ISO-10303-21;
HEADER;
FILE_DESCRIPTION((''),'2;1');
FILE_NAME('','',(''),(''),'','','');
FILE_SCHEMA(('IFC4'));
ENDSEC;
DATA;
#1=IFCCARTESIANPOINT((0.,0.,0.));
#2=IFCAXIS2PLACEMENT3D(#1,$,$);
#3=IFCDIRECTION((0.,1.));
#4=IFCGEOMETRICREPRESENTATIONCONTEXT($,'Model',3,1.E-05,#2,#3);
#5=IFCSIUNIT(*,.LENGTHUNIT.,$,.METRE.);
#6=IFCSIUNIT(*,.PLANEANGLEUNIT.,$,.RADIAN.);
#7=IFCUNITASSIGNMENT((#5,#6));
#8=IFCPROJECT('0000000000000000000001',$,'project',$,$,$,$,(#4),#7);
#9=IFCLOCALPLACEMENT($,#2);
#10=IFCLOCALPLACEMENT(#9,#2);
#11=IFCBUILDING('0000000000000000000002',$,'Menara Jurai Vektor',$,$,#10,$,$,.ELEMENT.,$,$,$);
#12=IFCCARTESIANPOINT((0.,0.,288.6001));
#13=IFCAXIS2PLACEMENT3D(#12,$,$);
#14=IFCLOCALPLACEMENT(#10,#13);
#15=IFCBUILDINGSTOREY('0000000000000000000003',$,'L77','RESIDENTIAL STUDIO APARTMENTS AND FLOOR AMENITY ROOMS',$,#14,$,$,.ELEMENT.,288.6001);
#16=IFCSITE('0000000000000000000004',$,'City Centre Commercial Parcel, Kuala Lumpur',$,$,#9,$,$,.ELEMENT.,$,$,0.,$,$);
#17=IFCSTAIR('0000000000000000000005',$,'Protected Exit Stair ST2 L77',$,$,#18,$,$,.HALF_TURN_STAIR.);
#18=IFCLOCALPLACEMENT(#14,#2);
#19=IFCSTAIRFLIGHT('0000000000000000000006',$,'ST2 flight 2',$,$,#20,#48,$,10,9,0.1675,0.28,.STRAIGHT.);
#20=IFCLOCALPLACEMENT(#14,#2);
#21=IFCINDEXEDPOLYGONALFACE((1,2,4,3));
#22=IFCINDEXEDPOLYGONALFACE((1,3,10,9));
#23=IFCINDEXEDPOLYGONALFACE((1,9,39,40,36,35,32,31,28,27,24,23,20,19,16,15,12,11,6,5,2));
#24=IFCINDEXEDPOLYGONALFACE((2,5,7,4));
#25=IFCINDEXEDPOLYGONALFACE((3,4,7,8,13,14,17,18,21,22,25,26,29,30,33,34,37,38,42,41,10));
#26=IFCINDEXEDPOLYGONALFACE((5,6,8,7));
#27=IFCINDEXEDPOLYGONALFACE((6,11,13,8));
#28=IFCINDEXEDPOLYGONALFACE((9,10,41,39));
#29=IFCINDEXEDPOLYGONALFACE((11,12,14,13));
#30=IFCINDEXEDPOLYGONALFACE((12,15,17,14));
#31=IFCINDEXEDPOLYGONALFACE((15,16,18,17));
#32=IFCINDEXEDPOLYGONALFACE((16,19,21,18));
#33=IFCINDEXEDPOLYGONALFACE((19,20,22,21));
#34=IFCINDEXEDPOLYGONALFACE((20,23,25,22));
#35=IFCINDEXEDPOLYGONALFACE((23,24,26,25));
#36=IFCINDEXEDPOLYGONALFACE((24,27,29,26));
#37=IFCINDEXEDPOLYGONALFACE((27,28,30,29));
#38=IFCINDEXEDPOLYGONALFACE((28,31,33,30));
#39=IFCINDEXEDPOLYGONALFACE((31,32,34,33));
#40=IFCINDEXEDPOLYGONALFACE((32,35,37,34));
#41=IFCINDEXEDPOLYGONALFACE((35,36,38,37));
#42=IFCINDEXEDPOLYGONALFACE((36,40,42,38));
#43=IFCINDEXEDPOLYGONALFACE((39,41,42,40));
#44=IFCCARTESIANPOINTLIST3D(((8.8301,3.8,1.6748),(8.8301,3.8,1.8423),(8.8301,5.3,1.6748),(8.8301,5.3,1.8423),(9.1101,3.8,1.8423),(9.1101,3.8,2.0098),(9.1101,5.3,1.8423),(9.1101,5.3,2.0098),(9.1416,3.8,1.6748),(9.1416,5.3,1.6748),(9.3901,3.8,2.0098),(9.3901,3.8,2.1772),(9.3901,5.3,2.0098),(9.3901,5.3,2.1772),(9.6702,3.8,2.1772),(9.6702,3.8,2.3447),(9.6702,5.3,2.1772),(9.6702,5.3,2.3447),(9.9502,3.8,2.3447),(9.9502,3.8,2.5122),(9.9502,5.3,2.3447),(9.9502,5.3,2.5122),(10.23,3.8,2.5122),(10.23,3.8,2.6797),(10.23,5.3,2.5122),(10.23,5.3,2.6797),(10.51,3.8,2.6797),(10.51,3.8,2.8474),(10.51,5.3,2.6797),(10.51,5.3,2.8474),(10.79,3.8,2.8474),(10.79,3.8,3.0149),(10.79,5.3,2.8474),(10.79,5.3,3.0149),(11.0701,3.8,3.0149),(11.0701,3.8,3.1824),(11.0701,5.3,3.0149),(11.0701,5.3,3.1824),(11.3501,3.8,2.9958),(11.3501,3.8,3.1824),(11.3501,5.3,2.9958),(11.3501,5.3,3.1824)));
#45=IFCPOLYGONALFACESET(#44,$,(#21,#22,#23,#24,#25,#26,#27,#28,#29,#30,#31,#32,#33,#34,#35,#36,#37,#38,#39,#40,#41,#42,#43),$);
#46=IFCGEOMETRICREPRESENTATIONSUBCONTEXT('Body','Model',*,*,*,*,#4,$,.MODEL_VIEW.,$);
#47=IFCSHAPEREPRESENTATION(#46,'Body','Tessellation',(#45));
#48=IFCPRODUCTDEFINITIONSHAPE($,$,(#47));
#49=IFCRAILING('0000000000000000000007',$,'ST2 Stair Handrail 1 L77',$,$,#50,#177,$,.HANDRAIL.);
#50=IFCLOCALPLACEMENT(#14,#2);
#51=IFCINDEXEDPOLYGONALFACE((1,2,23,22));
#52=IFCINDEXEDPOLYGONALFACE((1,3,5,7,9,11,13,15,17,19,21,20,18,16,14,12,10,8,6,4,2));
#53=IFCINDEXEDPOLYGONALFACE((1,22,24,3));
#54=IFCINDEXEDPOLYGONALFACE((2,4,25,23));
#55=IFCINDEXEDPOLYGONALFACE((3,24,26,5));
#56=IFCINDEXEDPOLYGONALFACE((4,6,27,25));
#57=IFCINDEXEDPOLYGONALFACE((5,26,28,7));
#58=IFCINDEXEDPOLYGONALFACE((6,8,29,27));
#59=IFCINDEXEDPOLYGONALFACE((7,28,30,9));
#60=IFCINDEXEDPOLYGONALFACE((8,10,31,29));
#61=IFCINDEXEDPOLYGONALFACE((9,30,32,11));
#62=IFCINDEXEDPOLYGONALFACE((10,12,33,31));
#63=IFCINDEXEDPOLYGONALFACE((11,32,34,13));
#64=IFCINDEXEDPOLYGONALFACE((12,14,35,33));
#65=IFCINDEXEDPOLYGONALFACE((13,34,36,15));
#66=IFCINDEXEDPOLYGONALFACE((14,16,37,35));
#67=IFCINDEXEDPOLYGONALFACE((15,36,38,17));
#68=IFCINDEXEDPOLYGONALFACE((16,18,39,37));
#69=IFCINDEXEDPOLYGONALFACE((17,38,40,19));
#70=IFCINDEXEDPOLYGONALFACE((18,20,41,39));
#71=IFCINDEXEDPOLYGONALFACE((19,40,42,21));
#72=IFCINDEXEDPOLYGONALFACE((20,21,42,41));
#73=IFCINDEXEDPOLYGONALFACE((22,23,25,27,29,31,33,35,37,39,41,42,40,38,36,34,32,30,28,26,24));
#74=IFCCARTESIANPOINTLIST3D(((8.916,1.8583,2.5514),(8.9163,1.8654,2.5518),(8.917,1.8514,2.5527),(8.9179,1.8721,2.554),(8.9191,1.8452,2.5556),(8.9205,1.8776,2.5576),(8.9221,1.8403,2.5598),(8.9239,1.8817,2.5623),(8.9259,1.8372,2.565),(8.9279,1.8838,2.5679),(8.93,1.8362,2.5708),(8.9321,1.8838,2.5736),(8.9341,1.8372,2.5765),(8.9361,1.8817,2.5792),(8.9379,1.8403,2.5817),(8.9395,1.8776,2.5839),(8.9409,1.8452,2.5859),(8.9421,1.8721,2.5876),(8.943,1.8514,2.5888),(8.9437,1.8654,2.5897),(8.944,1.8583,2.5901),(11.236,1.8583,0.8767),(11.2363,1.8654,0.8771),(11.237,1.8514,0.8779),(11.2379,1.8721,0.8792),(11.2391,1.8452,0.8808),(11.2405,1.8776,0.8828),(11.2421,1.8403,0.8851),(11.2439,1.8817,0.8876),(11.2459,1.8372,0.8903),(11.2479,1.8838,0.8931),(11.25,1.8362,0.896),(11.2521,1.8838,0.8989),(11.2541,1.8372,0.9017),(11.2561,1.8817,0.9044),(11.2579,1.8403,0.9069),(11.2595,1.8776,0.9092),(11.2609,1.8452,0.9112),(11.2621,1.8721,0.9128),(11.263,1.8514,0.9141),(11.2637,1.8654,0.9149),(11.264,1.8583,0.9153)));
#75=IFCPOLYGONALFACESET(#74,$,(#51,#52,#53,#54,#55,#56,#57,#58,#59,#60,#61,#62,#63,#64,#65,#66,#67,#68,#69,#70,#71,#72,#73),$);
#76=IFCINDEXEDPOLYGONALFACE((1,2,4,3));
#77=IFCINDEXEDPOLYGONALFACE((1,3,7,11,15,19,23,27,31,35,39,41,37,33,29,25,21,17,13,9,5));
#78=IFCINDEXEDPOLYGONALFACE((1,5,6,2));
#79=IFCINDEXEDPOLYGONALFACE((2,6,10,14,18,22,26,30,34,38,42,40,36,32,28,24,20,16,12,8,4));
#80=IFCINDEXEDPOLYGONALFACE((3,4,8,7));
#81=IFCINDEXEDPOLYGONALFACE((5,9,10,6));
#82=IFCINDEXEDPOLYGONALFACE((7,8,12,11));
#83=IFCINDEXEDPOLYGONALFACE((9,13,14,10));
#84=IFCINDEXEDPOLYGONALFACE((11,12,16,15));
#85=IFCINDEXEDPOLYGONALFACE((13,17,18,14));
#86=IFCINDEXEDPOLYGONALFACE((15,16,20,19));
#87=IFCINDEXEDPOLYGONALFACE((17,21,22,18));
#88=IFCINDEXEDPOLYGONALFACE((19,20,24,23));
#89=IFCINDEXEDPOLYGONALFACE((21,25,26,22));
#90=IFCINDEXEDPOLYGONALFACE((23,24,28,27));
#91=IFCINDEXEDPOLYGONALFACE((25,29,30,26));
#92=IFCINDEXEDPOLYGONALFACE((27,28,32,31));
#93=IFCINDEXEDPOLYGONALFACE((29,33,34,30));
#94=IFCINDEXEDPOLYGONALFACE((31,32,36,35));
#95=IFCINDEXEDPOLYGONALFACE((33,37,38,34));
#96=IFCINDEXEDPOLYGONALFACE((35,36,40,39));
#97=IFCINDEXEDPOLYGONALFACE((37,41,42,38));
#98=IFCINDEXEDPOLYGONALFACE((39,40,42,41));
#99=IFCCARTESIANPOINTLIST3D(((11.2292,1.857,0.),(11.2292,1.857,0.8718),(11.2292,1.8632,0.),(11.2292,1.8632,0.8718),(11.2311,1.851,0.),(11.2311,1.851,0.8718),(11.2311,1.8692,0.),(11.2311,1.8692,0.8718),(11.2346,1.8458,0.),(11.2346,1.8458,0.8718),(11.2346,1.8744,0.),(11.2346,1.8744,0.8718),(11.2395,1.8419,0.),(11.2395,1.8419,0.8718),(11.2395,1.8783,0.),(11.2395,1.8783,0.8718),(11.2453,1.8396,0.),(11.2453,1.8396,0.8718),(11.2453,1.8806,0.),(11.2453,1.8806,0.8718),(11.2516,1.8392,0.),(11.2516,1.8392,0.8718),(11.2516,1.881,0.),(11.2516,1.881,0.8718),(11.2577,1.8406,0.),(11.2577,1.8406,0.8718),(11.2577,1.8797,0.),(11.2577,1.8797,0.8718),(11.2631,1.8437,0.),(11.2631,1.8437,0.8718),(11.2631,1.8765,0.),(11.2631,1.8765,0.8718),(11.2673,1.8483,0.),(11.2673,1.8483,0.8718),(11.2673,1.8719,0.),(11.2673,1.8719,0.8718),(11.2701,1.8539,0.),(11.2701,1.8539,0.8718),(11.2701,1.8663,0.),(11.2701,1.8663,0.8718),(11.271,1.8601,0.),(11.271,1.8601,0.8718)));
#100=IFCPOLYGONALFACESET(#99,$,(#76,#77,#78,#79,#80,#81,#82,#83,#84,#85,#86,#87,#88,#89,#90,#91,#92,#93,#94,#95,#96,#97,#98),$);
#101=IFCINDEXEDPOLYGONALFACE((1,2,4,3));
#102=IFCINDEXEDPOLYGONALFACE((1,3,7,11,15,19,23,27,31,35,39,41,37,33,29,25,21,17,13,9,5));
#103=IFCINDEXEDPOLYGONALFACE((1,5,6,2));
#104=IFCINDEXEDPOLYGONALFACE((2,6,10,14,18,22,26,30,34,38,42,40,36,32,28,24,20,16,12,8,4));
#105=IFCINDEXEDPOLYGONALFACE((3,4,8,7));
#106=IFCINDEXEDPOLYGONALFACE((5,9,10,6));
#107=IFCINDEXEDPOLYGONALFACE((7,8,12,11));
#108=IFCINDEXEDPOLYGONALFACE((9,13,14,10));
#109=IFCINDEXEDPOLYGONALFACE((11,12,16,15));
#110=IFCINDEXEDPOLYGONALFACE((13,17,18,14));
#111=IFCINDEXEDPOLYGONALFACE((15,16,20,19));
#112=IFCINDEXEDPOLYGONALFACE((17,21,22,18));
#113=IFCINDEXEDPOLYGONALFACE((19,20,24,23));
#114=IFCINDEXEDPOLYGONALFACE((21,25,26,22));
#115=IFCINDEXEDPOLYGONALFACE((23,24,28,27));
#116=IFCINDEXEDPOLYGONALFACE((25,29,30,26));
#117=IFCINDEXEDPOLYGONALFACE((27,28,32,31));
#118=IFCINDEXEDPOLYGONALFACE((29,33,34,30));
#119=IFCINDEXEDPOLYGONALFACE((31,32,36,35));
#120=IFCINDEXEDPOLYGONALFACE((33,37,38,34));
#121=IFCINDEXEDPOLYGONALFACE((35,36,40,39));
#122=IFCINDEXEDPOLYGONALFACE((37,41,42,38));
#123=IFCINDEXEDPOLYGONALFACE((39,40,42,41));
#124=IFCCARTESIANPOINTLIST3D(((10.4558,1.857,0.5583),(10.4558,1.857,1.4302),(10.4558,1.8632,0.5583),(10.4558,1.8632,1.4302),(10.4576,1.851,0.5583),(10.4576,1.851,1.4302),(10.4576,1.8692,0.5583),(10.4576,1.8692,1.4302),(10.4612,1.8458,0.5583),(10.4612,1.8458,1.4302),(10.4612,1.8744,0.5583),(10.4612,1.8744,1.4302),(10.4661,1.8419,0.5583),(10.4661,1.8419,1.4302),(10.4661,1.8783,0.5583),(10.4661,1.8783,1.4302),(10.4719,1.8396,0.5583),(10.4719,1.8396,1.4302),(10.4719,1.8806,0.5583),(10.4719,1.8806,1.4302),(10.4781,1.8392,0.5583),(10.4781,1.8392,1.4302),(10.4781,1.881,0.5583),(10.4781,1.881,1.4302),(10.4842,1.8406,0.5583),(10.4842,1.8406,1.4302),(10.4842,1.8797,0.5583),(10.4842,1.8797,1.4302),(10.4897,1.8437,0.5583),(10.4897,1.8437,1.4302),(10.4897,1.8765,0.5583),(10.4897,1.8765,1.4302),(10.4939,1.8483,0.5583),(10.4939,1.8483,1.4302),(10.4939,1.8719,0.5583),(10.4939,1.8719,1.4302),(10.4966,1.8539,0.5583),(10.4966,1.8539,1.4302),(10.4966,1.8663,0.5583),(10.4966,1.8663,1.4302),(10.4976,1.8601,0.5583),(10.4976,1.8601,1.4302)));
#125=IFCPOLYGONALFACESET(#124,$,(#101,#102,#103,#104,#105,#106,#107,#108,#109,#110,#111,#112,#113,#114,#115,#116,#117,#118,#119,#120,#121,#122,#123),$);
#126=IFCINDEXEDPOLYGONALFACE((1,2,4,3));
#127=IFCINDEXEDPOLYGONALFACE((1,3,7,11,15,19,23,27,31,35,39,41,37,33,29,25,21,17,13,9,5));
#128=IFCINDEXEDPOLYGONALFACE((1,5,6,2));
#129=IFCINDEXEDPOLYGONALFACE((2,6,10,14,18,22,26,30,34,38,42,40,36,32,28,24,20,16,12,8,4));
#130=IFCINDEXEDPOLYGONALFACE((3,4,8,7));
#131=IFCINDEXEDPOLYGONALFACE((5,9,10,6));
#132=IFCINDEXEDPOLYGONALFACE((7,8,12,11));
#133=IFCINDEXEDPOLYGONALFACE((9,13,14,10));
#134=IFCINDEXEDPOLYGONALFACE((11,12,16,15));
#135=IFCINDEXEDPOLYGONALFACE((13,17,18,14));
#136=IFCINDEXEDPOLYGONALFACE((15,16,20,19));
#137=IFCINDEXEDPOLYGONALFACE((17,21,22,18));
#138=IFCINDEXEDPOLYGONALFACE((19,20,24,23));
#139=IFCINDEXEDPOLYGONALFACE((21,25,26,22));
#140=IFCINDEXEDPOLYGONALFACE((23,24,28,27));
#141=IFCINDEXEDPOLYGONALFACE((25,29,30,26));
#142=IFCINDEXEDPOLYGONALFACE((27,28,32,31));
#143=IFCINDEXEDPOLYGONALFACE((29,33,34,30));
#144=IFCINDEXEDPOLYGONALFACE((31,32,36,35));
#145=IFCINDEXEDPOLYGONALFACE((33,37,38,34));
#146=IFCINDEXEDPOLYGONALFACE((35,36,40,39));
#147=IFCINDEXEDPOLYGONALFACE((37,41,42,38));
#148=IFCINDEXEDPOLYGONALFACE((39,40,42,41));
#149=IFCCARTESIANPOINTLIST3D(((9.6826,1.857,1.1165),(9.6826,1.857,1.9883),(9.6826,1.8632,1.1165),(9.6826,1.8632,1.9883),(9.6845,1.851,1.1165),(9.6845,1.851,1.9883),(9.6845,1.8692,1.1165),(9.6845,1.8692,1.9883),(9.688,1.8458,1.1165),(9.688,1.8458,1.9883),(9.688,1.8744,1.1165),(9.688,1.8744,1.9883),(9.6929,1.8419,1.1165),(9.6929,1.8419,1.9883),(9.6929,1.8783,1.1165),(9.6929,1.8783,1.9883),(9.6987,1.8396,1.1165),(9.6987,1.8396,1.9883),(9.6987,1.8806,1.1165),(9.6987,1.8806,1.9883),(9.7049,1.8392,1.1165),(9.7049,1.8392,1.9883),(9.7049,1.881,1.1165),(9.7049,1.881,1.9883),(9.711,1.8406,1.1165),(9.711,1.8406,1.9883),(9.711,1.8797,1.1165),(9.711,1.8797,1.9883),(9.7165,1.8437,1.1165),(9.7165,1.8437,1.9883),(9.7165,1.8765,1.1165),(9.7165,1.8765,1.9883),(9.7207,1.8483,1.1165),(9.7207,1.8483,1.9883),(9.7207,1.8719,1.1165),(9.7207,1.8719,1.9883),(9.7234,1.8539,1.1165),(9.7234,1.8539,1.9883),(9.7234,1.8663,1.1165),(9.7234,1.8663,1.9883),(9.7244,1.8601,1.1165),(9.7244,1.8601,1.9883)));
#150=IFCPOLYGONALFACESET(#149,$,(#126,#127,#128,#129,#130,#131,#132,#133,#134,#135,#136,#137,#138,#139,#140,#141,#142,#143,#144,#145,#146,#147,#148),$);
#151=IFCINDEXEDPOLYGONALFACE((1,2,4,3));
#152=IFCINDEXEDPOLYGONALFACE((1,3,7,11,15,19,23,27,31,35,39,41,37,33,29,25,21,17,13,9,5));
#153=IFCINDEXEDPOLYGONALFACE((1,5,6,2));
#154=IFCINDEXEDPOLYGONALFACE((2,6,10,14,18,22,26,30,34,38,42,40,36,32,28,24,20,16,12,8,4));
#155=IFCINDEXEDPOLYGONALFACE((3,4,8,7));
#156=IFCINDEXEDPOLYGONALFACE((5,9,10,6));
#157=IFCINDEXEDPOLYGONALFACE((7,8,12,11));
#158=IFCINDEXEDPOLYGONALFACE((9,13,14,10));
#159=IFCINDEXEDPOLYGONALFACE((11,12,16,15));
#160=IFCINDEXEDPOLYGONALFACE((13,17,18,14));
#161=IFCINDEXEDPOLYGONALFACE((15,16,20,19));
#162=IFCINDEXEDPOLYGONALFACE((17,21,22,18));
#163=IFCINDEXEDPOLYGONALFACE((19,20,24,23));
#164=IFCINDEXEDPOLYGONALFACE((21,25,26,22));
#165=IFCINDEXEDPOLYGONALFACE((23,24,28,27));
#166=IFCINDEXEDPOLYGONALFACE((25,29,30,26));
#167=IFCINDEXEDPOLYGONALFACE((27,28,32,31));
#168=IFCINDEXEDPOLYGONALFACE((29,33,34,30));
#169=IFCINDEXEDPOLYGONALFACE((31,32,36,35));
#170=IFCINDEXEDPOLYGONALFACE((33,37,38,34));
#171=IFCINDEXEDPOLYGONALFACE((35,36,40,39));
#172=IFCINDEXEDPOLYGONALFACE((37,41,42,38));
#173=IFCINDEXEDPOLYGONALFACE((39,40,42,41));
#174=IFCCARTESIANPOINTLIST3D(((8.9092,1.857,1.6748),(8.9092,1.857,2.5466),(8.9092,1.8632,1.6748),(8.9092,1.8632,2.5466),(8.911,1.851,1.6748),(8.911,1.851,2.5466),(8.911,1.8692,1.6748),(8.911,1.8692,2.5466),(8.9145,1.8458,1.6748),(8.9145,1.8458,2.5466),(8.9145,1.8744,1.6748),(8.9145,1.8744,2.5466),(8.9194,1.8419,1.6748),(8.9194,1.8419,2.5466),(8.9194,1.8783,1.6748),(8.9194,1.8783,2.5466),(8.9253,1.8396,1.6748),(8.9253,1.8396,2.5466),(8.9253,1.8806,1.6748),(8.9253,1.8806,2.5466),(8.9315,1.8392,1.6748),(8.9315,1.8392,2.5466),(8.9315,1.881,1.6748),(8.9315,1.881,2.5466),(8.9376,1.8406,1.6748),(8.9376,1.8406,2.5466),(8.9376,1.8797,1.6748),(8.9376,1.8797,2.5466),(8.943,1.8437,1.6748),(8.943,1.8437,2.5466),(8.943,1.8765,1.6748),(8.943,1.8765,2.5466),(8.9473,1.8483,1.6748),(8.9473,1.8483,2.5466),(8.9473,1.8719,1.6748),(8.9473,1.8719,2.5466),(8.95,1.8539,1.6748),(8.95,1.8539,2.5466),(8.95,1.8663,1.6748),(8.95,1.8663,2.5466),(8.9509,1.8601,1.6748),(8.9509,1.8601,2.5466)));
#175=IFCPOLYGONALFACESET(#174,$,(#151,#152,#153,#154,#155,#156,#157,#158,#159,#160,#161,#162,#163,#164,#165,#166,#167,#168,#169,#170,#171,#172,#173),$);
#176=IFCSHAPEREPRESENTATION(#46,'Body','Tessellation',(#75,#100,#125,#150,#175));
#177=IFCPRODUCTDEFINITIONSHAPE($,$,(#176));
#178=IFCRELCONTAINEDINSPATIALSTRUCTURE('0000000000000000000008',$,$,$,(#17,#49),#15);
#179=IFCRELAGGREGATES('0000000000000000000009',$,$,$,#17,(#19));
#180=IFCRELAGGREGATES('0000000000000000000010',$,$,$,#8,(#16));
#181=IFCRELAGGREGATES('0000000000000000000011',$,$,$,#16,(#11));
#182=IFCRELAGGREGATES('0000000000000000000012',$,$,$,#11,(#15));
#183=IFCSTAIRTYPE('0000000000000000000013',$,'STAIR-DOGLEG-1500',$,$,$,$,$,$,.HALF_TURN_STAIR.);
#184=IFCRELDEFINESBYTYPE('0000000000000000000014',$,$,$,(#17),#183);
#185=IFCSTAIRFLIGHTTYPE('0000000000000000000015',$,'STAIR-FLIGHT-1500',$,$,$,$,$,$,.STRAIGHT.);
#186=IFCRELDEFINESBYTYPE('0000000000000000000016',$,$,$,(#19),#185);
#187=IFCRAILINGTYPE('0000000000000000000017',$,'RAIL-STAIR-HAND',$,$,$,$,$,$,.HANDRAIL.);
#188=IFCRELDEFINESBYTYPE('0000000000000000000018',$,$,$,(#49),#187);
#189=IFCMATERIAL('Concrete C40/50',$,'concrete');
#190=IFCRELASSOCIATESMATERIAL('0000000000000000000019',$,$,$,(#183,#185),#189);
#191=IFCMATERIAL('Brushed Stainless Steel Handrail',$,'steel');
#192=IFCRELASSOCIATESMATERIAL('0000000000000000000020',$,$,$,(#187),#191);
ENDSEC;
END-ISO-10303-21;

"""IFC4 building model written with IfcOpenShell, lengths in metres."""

from ifc_helpers import new_model, si_unit, direction, frame, origin, origin_2d, place, context, subcontext, project, spatial, polyline, circle, outline, extrude, material, type_object, element, aggregate, save


model = new_model("IFC4")

# Units and contexts
model_context = context("Model", 3, precision=1e-05, world=origin(), true_north=direction((0.0, 1.0)))
body_context = subcontext(model_context, "Body", "Model", "MODEL_VIEW")
ifc_project = project(units=[si_unit("LENGTHUNIT", "METRE"), si_unit("PLANEANGLEUNIT", "RADIAN")], contexts=[model_context])

# Site, building, storey
site_placement = place(None, origin())
site = spatial("IfcSite", under=ifc_project, at=site_placement, Name="City Centre Commercial Parcel, Kuala Lumpur", CompositionType="ELEMENT", RefElevation=0.0)
building_placement = place(site_placement, origin())
building = spatial("IfcBuilding", under=site, at=building_placement, Name="Menara Jurai Vektor", CompositionType="ELEMENT")
storey_placement = place(building_placement, frame((0.0, 0.0, 288.6001)))
storey = spatial("IfcBuildingStorey", under=building, at=storey_placement, Name="L77", Description="RESIDENTIAL STUDIO APARTMENTS AND FLOOR AMENITY ROOMS", CompositionType="ELEMENT", Elevation=288.6001)

# Shared definitions
ifc_material_1 = material(Name="Concrete C40/50", Category="concrete")

# Stair, stair flight
stair_type = type_object("IfcStairType", Name="STAIR-DOGLEG-1500", PredefinedType="HALF_TURN_STAIR", material=ifc_material_1)
stair_placement = place(storey_placement, origin())
stair = element("IfcStair", 1, at=stair_placement, inside=storey, type_object=stair_type, Name="Protected Exit Stair ST2 L77", PredefinedType="HALF_TURN_STAIR")
stair_flight_type = type_object("IfcStairFlightType", Name="STAIR-FLIGHT-1500", PredefinedType="STRAIGHT", material=ifc_material_1)
stair_flight_1_placement = place(storey_placement, frame((8.8301, 4.55, 1.6748), z_axis=(0.0, 0.0, 1.0), x_axis=(1.0, 0.0, 0.0)))
stair_flight_1 = element("IfcStairFlight", 2, at=stair_flight_1_placement, type_object=stair_flight_type, Name="ST2 flight 2", NumberOfRisers=10, NumberOfTreads=9, PredefinedType="STRAIGHT", RiserHeight=0.1675, TreadLength=0.28, context=body_context, shape_type="SweptSolid", body=[
    extrude(outline(polyline([(0.0, 0.0), (0.0, 0.1675), (0.28, 0.1675), (0.28, 0.335), (0.5601, 0.335), (0.5601, 0.5024), (0.8401, 0.5024), (0.8401, 0.6699), (1.1201, 0.6699), (1.1201, 0.8374), (1.3999, 0.8374), (1.3999, 1.0049), (1.6799, 1.0049), (1.6799, 1.1726), (1.96, 1.1726), (1.96, 1.3401), (2.24, 1.3401), (2.24, 1.5076), (2.52, 1.5076), (2.52, 1.675), (2.52, 1.321), (0.3115, 0.0), (0.0, 0.0)])), frame((0.0, 0.75, 0.0), z_axis=(0.0, -1.0, 0.0), x_axis=(1.0, 0.0, 0.0)), (0.0, 0.0, 1.0), 1.5),
])
aggregate(stair, [stair_flight_1])

# Railing
ifc_material_2 = material(Name="Brushed Stainless Steel Handrail", Category="steel")
railing_type_1 = type_object("IfcRailingType", Name="RAIL-STAIR-HAND", PredefinedType="HANDRAIL", material=ifc_material_2)
railing_1_placement = place(storey_placement, frame((11.25, 1.8601, 0.0)))
element("IfcRailing", 3, at=railing_1_placement, inside=storey, type_object=railing_type_1, Name="ST2 Stair Handrail 1 L77", PredefinedType="HANDRAIL", context=body_context, shape_type="SweptSolid", body=[
    extrude(circle(Radius=0.0239, at=origin_2d()), frame((0.0, 0.0, 0.896), z_axis=(-0.810812, 0.0, 0.585307), x_axis=(0.0, -1.0, 0.0)), (0.0, 0.0, 1.0), 2.8613),
    extrude(circle(Radius=0.021, at=origin_2d()), origin(), (0.0, 0.0, 1.0), 0.8718),
    extrude(circle(Radius=0.021, at=origin_2d()), frame((-0.7734, 0.0, 0.5583)), (0.0, 0.0, 1.0), 0.8718),
    extrude(circle(Radius=0.021, at=origin_2d()), frame((-1.5466, 0.0, 1.1165)), (0.0, 0.0, 1.0), 0.8718),
    extrude(circle(Radius=0.021, at=origin_2d()), frame((-2.3201, 0.0, 1.6748)), (0.0, 0.0, 1.0), 0.8718),
])

save(model, "model.ifc")
